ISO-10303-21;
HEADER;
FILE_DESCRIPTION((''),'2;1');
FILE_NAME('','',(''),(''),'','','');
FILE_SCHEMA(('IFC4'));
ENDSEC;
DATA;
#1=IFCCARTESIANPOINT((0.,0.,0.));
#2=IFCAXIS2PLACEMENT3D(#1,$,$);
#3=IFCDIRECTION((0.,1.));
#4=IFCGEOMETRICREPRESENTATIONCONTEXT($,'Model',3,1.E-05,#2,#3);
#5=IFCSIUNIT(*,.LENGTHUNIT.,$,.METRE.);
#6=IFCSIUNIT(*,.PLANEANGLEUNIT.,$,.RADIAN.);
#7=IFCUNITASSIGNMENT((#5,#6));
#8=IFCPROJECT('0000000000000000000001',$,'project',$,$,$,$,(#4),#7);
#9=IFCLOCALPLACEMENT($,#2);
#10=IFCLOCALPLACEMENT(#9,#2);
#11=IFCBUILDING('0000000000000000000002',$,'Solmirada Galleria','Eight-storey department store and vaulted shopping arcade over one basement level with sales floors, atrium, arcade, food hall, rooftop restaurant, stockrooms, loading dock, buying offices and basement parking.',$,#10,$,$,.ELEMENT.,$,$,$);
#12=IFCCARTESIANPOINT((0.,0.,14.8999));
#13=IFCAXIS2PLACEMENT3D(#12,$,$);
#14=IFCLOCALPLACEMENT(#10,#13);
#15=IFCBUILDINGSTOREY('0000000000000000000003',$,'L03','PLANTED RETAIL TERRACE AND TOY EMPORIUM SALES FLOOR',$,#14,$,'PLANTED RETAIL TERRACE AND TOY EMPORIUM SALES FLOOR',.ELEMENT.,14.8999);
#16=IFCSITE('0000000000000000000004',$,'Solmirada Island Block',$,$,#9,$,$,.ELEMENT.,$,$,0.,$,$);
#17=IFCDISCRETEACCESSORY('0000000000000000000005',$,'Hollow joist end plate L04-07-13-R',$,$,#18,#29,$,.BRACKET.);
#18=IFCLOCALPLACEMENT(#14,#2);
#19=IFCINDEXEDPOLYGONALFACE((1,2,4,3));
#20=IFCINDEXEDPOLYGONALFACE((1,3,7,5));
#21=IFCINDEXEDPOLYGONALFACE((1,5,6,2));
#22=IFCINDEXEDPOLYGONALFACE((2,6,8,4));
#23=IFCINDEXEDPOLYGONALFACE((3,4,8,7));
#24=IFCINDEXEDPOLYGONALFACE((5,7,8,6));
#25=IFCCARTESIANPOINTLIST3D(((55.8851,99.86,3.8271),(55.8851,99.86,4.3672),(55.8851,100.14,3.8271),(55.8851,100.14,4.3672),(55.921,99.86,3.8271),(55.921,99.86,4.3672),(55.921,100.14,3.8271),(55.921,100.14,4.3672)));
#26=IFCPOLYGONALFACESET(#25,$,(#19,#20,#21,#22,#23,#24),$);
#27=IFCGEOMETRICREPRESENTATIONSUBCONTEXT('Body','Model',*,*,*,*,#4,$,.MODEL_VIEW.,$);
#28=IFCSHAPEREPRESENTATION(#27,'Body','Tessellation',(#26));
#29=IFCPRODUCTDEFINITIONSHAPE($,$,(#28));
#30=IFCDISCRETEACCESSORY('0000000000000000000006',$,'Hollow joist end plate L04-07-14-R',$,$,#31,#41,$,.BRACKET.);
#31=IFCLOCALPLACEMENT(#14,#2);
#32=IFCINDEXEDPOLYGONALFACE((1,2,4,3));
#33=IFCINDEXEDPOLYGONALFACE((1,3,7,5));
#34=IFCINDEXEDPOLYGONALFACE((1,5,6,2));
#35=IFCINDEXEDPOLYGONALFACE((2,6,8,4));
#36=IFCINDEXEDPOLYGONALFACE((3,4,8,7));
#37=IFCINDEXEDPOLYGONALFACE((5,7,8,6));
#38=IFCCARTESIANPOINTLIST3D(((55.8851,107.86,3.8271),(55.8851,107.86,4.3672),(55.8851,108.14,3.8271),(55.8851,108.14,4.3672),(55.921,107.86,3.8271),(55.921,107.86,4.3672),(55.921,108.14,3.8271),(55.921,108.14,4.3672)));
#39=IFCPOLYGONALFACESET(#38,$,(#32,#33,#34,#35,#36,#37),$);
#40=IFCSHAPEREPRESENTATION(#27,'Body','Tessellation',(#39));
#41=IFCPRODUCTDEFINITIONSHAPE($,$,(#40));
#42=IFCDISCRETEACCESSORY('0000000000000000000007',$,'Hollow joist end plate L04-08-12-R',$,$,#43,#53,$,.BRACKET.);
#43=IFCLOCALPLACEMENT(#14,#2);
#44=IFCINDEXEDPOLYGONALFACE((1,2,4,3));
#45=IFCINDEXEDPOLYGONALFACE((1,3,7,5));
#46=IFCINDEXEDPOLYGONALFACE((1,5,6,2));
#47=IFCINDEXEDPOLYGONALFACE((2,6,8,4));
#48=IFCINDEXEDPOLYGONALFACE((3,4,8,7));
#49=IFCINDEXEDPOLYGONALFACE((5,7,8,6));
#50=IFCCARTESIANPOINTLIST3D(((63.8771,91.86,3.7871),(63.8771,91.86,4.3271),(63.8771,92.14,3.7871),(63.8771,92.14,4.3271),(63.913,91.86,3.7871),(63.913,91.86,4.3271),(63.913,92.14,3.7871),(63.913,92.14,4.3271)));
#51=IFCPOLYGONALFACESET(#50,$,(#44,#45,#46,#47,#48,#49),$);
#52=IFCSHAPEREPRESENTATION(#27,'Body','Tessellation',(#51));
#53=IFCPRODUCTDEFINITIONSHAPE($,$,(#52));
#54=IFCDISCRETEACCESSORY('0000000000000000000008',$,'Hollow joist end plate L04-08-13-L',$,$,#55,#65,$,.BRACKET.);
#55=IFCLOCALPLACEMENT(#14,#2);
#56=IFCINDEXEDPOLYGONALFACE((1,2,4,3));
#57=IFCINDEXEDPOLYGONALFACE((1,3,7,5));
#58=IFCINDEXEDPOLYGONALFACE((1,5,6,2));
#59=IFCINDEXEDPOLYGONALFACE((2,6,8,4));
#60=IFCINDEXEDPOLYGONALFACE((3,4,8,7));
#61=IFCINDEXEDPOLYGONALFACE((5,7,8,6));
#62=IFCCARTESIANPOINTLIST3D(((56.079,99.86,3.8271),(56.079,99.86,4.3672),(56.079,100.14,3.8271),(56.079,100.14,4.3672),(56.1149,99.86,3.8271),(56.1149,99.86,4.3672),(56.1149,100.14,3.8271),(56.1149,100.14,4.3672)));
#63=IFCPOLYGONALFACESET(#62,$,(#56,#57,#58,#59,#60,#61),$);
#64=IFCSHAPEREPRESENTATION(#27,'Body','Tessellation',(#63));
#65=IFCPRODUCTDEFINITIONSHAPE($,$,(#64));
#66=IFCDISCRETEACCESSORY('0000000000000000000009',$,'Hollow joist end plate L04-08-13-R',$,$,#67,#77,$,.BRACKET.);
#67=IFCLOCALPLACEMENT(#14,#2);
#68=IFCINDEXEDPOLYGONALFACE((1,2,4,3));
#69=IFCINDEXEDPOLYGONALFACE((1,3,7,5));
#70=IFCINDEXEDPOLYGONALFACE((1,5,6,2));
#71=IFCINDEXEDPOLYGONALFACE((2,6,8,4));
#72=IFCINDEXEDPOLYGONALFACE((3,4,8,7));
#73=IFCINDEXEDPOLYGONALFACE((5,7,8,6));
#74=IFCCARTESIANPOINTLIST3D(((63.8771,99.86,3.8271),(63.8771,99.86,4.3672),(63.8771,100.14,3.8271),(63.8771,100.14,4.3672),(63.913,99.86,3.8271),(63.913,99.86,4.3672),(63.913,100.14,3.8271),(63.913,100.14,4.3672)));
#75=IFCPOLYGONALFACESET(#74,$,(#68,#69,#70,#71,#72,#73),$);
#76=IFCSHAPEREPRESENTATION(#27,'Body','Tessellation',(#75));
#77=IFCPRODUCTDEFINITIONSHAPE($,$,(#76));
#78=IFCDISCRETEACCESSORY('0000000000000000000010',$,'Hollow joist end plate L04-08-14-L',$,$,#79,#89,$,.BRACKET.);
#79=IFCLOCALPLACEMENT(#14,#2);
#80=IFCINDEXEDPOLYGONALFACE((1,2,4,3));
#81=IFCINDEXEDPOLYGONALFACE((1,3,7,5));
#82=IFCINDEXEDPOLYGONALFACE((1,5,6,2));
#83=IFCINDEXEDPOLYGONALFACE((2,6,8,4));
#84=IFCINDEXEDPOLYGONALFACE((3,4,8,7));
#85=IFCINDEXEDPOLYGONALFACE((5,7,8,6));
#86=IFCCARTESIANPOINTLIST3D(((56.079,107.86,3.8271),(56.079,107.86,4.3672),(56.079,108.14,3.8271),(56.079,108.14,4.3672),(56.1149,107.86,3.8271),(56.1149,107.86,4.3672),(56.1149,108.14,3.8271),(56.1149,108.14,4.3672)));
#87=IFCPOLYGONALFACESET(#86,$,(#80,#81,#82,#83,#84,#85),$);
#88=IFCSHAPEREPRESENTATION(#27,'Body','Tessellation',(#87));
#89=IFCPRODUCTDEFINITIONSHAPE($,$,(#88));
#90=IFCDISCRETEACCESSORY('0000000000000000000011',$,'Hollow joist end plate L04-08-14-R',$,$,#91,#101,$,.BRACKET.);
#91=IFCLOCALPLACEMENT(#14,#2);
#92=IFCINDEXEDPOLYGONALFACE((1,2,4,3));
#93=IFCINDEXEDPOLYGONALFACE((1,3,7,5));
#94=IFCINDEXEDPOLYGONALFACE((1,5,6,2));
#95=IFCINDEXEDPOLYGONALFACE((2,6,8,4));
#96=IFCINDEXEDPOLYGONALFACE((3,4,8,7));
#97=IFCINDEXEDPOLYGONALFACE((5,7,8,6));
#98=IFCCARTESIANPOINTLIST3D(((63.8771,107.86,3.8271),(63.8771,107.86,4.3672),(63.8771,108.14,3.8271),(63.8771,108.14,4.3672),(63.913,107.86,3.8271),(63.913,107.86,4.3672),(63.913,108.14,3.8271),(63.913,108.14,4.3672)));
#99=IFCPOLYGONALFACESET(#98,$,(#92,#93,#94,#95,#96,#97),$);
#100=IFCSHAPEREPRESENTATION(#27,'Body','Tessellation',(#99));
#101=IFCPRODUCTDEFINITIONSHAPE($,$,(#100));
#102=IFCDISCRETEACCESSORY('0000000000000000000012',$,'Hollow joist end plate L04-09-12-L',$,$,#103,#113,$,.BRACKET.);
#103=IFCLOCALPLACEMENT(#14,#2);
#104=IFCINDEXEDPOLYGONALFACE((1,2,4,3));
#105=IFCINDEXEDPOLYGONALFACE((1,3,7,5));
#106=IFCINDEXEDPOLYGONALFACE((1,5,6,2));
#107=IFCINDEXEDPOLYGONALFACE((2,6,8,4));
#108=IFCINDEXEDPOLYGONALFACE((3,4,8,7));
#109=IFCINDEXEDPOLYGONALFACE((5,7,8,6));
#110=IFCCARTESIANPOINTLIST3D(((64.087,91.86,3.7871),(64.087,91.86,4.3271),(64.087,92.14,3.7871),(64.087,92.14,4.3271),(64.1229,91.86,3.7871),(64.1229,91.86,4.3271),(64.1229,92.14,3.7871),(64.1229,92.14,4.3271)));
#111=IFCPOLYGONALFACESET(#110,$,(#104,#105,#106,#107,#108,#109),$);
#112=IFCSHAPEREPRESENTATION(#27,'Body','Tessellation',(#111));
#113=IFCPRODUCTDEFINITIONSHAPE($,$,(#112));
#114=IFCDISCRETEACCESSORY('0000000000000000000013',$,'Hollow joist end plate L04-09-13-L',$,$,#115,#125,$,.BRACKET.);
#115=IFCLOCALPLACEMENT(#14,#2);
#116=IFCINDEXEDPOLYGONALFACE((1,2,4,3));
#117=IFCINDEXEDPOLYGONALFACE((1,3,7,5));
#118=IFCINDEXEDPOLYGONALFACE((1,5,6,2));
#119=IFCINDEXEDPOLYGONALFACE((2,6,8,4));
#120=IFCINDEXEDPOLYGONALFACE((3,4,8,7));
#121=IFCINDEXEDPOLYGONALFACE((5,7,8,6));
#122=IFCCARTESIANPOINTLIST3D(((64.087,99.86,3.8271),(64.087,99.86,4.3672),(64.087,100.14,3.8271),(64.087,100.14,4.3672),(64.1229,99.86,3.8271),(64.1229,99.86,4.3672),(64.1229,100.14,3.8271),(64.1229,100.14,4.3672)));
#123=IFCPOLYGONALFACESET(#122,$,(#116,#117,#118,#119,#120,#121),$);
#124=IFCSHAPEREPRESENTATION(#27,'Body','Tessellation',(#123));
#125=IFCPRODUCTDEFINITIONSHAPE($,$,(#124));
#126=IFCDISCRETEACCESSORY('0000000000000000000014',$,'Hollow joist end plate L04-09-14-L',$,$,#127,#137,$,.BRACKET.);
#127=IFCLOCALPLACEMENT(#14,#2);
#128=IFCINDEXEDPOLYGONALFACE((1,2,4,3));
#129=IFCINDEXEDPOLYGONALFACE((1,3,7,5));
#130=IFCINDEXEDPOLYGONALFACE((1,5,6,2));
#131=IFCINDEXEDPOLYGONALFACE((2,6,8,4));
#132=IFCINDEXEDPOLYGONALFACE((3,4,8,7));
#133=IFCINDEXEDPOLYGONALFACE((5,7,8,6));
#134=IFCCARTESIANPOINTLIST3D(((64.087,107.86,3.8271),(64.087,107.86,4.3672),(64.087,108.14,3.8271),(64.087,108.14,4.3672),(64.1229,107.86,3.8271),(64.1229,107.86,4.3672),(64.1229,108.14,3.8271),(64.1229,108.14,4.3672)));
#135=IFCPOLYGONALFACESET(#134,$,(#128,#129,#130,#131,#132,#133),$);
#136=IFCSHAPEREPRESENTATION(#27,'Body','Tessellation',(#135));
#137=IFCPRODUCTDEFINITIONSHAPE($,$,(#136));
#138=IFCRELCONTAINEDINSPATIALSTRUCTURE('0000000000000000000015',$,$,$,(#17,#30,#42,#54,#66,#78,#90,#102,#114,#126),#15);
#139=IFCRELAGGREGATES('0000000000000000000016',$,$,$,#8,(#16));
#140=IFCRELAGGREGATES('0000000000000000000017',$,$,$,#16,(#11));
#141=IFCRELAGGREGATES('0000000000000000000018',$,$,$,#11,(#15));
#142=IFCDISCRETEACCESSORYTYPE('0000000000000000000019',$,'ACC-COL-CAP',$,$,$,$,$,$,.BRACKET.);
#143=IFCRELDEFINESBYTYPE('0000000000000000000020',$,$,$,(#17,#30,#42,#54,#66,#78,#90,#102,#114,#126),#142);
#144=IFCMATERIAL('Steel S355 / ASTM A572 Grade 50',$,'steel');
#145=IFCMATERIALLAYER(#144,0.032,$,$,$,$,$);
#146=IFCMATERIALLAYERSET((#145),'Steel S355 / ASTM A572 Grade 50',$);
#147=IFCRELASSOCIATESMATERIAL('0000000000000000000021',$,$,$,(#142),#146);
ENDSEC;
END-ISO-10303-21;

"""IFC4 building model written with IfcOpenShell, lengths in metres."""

from ifc_helpers import new_model, si_unit, direction, frame, origin, origin_2d, place, context, subcontext, project, spatial, rectangle, extrude, material, layer, layer_set, type_object, element, save


model = new_model("IFC4")

# Units and contexts
model_context = context("Model", 3, precision=1e-05, world=origin(), true_north=direction((0.0, 1.0)))
body_context = subcontext(model_context, "Body", "Model", "MODEL_VIEW")
ifc_project = project(units=[si_unit("LENGTHUNIT", "METRE"), si_unit("PLANEANGLEUNIT", "RADIAN")], contexts=[model_context])

# Site, building, storey
site_placement = place(None, origin())
site = spatial("IfcSite", under=ifc_project, at=site_placement, Name="Solmirada Island Block", CompositionType="ELEMENT", RefElevation=0.0)
building_placement = place(site_placement, origin())
building = spatial("IfcBuilding", under=site, at=building_placement, Name="Solmirada Galleria", Description="Eight-storey department store and vaulted shopping arcade over one basement level with sales floors, atrium, arcade, food hall, rooftop restaurant, stockrooms, loading dock, buying offices and basement parking.", CompositionType="ELEMENT")
storey_placement = place(building_placement, frame((0.0, 0.0, 14.8999)))
storey = spatial("IfcBuildingStorey", under=building, at=storey_placement, Name="L03", Description="PLANTED RETAIL TERRACE AND TOY EMPORIUM SALES FLOOR", LongName="PLANTED RETAIL TERRACE AND TOY EMPORIUM SALES FLOOR", CompositionType="ELEMENT", Elevation=14.8999)

# Discrete accessories
ifc_material_1 = material(Name="Steel S355 / ASTM A572 Grade 50", Category="steel")
ifc_layer_1 = layer(ifc_material_1, 0.032)
ifc_layer_set_1 = layer_set([ifc_layer_1], Name="Steel S355 / ASTM A572 Grade 50")
discrete_accessory_type_1 = type_object("IfcDiscreteAccessoryType", Name="ACC-COL-CAP", PredefinedType="BRACKET", material=ifc_layer_set_1)
for number, where, z_axis, x_axis, name in (
    (1, (55.9031, 100.0, 3.8271), (0.0, 0.0, 1.0), (1.0, 0.0, 0.0), "Hollow joist end plate L04-07-13-R"),
    (2, (55.9031, 108.0, 3.8271), (0.0, 0.0, 1.0), (1.0, 0.0, 0.0), "Hollow joist end plate L04-07-14-R"),
    (3, (63.895, 92.0, 3.7871), (0.0, 0.0, 1.0), (1.0, 0.0, 0.0), "Hollow joist end plate L04-08-12-R"),
    (4, (56.0969, 100.0, 3.8271), (0.0, 0.0, 1.0), (1.0, 0.0, 0.0), "Hollow joist end plate L04-08-13-L"),
    (5, (63.895, 100.0, 3.8271), (0.0, 0.0, 1.0), (1.0, 0.0, 0.0), "Hollow joist end plate L04-08-13-R"),
    (6, (56.0969, 108.0, 3.8271), (0.0, 0.0, 1.0), (1.0, 0.0, 0.0), "Hollow joist end plate L04-08-14-L"),
    (7, (63.895, 108.0, 3.8271), (0.0, 0.0, 1.0), (1.0, 0.0, 0.0), "Hollow joist end plate L04-08-14-R"),
    (8, (64.105, 92.0, 3.7871), (0.0, 0.0, 1.0), (1.0, 0.0, 0.0), "Hollow joist end plate L04-09-12-L"),
    (9, (64.105, 100.0, 3.8271), (0.0, 0.0, 1.0), (1.0, 0.0, 0.0), "Hollow joist end plate L04-09-13-L"),
    (10, (64.105, 108.0, 3.8271), (0.0, 0.0, 1.0), (1.0, 0.0, 0.0), "Hollow joist end plate L04-09-14-L"),
):
    element("IfcDiscreteAccessory", number, at=place(storey_placement, frame(where, z_axis=z_axis, x_axis=x_axis)), inside=storey, type_object=discrete_accessory_type_1, Name=name, PredefinedType="BRACKET", context=body_context, shape_type="SweptSolid", body=[
        extrude(rectangle(XDim=0.0359, YDim=0.28, at=origin_2d()), origin(), (0.0, 0.0, 1.0), 0.54),
    ])

save(model, "model.ifc")
